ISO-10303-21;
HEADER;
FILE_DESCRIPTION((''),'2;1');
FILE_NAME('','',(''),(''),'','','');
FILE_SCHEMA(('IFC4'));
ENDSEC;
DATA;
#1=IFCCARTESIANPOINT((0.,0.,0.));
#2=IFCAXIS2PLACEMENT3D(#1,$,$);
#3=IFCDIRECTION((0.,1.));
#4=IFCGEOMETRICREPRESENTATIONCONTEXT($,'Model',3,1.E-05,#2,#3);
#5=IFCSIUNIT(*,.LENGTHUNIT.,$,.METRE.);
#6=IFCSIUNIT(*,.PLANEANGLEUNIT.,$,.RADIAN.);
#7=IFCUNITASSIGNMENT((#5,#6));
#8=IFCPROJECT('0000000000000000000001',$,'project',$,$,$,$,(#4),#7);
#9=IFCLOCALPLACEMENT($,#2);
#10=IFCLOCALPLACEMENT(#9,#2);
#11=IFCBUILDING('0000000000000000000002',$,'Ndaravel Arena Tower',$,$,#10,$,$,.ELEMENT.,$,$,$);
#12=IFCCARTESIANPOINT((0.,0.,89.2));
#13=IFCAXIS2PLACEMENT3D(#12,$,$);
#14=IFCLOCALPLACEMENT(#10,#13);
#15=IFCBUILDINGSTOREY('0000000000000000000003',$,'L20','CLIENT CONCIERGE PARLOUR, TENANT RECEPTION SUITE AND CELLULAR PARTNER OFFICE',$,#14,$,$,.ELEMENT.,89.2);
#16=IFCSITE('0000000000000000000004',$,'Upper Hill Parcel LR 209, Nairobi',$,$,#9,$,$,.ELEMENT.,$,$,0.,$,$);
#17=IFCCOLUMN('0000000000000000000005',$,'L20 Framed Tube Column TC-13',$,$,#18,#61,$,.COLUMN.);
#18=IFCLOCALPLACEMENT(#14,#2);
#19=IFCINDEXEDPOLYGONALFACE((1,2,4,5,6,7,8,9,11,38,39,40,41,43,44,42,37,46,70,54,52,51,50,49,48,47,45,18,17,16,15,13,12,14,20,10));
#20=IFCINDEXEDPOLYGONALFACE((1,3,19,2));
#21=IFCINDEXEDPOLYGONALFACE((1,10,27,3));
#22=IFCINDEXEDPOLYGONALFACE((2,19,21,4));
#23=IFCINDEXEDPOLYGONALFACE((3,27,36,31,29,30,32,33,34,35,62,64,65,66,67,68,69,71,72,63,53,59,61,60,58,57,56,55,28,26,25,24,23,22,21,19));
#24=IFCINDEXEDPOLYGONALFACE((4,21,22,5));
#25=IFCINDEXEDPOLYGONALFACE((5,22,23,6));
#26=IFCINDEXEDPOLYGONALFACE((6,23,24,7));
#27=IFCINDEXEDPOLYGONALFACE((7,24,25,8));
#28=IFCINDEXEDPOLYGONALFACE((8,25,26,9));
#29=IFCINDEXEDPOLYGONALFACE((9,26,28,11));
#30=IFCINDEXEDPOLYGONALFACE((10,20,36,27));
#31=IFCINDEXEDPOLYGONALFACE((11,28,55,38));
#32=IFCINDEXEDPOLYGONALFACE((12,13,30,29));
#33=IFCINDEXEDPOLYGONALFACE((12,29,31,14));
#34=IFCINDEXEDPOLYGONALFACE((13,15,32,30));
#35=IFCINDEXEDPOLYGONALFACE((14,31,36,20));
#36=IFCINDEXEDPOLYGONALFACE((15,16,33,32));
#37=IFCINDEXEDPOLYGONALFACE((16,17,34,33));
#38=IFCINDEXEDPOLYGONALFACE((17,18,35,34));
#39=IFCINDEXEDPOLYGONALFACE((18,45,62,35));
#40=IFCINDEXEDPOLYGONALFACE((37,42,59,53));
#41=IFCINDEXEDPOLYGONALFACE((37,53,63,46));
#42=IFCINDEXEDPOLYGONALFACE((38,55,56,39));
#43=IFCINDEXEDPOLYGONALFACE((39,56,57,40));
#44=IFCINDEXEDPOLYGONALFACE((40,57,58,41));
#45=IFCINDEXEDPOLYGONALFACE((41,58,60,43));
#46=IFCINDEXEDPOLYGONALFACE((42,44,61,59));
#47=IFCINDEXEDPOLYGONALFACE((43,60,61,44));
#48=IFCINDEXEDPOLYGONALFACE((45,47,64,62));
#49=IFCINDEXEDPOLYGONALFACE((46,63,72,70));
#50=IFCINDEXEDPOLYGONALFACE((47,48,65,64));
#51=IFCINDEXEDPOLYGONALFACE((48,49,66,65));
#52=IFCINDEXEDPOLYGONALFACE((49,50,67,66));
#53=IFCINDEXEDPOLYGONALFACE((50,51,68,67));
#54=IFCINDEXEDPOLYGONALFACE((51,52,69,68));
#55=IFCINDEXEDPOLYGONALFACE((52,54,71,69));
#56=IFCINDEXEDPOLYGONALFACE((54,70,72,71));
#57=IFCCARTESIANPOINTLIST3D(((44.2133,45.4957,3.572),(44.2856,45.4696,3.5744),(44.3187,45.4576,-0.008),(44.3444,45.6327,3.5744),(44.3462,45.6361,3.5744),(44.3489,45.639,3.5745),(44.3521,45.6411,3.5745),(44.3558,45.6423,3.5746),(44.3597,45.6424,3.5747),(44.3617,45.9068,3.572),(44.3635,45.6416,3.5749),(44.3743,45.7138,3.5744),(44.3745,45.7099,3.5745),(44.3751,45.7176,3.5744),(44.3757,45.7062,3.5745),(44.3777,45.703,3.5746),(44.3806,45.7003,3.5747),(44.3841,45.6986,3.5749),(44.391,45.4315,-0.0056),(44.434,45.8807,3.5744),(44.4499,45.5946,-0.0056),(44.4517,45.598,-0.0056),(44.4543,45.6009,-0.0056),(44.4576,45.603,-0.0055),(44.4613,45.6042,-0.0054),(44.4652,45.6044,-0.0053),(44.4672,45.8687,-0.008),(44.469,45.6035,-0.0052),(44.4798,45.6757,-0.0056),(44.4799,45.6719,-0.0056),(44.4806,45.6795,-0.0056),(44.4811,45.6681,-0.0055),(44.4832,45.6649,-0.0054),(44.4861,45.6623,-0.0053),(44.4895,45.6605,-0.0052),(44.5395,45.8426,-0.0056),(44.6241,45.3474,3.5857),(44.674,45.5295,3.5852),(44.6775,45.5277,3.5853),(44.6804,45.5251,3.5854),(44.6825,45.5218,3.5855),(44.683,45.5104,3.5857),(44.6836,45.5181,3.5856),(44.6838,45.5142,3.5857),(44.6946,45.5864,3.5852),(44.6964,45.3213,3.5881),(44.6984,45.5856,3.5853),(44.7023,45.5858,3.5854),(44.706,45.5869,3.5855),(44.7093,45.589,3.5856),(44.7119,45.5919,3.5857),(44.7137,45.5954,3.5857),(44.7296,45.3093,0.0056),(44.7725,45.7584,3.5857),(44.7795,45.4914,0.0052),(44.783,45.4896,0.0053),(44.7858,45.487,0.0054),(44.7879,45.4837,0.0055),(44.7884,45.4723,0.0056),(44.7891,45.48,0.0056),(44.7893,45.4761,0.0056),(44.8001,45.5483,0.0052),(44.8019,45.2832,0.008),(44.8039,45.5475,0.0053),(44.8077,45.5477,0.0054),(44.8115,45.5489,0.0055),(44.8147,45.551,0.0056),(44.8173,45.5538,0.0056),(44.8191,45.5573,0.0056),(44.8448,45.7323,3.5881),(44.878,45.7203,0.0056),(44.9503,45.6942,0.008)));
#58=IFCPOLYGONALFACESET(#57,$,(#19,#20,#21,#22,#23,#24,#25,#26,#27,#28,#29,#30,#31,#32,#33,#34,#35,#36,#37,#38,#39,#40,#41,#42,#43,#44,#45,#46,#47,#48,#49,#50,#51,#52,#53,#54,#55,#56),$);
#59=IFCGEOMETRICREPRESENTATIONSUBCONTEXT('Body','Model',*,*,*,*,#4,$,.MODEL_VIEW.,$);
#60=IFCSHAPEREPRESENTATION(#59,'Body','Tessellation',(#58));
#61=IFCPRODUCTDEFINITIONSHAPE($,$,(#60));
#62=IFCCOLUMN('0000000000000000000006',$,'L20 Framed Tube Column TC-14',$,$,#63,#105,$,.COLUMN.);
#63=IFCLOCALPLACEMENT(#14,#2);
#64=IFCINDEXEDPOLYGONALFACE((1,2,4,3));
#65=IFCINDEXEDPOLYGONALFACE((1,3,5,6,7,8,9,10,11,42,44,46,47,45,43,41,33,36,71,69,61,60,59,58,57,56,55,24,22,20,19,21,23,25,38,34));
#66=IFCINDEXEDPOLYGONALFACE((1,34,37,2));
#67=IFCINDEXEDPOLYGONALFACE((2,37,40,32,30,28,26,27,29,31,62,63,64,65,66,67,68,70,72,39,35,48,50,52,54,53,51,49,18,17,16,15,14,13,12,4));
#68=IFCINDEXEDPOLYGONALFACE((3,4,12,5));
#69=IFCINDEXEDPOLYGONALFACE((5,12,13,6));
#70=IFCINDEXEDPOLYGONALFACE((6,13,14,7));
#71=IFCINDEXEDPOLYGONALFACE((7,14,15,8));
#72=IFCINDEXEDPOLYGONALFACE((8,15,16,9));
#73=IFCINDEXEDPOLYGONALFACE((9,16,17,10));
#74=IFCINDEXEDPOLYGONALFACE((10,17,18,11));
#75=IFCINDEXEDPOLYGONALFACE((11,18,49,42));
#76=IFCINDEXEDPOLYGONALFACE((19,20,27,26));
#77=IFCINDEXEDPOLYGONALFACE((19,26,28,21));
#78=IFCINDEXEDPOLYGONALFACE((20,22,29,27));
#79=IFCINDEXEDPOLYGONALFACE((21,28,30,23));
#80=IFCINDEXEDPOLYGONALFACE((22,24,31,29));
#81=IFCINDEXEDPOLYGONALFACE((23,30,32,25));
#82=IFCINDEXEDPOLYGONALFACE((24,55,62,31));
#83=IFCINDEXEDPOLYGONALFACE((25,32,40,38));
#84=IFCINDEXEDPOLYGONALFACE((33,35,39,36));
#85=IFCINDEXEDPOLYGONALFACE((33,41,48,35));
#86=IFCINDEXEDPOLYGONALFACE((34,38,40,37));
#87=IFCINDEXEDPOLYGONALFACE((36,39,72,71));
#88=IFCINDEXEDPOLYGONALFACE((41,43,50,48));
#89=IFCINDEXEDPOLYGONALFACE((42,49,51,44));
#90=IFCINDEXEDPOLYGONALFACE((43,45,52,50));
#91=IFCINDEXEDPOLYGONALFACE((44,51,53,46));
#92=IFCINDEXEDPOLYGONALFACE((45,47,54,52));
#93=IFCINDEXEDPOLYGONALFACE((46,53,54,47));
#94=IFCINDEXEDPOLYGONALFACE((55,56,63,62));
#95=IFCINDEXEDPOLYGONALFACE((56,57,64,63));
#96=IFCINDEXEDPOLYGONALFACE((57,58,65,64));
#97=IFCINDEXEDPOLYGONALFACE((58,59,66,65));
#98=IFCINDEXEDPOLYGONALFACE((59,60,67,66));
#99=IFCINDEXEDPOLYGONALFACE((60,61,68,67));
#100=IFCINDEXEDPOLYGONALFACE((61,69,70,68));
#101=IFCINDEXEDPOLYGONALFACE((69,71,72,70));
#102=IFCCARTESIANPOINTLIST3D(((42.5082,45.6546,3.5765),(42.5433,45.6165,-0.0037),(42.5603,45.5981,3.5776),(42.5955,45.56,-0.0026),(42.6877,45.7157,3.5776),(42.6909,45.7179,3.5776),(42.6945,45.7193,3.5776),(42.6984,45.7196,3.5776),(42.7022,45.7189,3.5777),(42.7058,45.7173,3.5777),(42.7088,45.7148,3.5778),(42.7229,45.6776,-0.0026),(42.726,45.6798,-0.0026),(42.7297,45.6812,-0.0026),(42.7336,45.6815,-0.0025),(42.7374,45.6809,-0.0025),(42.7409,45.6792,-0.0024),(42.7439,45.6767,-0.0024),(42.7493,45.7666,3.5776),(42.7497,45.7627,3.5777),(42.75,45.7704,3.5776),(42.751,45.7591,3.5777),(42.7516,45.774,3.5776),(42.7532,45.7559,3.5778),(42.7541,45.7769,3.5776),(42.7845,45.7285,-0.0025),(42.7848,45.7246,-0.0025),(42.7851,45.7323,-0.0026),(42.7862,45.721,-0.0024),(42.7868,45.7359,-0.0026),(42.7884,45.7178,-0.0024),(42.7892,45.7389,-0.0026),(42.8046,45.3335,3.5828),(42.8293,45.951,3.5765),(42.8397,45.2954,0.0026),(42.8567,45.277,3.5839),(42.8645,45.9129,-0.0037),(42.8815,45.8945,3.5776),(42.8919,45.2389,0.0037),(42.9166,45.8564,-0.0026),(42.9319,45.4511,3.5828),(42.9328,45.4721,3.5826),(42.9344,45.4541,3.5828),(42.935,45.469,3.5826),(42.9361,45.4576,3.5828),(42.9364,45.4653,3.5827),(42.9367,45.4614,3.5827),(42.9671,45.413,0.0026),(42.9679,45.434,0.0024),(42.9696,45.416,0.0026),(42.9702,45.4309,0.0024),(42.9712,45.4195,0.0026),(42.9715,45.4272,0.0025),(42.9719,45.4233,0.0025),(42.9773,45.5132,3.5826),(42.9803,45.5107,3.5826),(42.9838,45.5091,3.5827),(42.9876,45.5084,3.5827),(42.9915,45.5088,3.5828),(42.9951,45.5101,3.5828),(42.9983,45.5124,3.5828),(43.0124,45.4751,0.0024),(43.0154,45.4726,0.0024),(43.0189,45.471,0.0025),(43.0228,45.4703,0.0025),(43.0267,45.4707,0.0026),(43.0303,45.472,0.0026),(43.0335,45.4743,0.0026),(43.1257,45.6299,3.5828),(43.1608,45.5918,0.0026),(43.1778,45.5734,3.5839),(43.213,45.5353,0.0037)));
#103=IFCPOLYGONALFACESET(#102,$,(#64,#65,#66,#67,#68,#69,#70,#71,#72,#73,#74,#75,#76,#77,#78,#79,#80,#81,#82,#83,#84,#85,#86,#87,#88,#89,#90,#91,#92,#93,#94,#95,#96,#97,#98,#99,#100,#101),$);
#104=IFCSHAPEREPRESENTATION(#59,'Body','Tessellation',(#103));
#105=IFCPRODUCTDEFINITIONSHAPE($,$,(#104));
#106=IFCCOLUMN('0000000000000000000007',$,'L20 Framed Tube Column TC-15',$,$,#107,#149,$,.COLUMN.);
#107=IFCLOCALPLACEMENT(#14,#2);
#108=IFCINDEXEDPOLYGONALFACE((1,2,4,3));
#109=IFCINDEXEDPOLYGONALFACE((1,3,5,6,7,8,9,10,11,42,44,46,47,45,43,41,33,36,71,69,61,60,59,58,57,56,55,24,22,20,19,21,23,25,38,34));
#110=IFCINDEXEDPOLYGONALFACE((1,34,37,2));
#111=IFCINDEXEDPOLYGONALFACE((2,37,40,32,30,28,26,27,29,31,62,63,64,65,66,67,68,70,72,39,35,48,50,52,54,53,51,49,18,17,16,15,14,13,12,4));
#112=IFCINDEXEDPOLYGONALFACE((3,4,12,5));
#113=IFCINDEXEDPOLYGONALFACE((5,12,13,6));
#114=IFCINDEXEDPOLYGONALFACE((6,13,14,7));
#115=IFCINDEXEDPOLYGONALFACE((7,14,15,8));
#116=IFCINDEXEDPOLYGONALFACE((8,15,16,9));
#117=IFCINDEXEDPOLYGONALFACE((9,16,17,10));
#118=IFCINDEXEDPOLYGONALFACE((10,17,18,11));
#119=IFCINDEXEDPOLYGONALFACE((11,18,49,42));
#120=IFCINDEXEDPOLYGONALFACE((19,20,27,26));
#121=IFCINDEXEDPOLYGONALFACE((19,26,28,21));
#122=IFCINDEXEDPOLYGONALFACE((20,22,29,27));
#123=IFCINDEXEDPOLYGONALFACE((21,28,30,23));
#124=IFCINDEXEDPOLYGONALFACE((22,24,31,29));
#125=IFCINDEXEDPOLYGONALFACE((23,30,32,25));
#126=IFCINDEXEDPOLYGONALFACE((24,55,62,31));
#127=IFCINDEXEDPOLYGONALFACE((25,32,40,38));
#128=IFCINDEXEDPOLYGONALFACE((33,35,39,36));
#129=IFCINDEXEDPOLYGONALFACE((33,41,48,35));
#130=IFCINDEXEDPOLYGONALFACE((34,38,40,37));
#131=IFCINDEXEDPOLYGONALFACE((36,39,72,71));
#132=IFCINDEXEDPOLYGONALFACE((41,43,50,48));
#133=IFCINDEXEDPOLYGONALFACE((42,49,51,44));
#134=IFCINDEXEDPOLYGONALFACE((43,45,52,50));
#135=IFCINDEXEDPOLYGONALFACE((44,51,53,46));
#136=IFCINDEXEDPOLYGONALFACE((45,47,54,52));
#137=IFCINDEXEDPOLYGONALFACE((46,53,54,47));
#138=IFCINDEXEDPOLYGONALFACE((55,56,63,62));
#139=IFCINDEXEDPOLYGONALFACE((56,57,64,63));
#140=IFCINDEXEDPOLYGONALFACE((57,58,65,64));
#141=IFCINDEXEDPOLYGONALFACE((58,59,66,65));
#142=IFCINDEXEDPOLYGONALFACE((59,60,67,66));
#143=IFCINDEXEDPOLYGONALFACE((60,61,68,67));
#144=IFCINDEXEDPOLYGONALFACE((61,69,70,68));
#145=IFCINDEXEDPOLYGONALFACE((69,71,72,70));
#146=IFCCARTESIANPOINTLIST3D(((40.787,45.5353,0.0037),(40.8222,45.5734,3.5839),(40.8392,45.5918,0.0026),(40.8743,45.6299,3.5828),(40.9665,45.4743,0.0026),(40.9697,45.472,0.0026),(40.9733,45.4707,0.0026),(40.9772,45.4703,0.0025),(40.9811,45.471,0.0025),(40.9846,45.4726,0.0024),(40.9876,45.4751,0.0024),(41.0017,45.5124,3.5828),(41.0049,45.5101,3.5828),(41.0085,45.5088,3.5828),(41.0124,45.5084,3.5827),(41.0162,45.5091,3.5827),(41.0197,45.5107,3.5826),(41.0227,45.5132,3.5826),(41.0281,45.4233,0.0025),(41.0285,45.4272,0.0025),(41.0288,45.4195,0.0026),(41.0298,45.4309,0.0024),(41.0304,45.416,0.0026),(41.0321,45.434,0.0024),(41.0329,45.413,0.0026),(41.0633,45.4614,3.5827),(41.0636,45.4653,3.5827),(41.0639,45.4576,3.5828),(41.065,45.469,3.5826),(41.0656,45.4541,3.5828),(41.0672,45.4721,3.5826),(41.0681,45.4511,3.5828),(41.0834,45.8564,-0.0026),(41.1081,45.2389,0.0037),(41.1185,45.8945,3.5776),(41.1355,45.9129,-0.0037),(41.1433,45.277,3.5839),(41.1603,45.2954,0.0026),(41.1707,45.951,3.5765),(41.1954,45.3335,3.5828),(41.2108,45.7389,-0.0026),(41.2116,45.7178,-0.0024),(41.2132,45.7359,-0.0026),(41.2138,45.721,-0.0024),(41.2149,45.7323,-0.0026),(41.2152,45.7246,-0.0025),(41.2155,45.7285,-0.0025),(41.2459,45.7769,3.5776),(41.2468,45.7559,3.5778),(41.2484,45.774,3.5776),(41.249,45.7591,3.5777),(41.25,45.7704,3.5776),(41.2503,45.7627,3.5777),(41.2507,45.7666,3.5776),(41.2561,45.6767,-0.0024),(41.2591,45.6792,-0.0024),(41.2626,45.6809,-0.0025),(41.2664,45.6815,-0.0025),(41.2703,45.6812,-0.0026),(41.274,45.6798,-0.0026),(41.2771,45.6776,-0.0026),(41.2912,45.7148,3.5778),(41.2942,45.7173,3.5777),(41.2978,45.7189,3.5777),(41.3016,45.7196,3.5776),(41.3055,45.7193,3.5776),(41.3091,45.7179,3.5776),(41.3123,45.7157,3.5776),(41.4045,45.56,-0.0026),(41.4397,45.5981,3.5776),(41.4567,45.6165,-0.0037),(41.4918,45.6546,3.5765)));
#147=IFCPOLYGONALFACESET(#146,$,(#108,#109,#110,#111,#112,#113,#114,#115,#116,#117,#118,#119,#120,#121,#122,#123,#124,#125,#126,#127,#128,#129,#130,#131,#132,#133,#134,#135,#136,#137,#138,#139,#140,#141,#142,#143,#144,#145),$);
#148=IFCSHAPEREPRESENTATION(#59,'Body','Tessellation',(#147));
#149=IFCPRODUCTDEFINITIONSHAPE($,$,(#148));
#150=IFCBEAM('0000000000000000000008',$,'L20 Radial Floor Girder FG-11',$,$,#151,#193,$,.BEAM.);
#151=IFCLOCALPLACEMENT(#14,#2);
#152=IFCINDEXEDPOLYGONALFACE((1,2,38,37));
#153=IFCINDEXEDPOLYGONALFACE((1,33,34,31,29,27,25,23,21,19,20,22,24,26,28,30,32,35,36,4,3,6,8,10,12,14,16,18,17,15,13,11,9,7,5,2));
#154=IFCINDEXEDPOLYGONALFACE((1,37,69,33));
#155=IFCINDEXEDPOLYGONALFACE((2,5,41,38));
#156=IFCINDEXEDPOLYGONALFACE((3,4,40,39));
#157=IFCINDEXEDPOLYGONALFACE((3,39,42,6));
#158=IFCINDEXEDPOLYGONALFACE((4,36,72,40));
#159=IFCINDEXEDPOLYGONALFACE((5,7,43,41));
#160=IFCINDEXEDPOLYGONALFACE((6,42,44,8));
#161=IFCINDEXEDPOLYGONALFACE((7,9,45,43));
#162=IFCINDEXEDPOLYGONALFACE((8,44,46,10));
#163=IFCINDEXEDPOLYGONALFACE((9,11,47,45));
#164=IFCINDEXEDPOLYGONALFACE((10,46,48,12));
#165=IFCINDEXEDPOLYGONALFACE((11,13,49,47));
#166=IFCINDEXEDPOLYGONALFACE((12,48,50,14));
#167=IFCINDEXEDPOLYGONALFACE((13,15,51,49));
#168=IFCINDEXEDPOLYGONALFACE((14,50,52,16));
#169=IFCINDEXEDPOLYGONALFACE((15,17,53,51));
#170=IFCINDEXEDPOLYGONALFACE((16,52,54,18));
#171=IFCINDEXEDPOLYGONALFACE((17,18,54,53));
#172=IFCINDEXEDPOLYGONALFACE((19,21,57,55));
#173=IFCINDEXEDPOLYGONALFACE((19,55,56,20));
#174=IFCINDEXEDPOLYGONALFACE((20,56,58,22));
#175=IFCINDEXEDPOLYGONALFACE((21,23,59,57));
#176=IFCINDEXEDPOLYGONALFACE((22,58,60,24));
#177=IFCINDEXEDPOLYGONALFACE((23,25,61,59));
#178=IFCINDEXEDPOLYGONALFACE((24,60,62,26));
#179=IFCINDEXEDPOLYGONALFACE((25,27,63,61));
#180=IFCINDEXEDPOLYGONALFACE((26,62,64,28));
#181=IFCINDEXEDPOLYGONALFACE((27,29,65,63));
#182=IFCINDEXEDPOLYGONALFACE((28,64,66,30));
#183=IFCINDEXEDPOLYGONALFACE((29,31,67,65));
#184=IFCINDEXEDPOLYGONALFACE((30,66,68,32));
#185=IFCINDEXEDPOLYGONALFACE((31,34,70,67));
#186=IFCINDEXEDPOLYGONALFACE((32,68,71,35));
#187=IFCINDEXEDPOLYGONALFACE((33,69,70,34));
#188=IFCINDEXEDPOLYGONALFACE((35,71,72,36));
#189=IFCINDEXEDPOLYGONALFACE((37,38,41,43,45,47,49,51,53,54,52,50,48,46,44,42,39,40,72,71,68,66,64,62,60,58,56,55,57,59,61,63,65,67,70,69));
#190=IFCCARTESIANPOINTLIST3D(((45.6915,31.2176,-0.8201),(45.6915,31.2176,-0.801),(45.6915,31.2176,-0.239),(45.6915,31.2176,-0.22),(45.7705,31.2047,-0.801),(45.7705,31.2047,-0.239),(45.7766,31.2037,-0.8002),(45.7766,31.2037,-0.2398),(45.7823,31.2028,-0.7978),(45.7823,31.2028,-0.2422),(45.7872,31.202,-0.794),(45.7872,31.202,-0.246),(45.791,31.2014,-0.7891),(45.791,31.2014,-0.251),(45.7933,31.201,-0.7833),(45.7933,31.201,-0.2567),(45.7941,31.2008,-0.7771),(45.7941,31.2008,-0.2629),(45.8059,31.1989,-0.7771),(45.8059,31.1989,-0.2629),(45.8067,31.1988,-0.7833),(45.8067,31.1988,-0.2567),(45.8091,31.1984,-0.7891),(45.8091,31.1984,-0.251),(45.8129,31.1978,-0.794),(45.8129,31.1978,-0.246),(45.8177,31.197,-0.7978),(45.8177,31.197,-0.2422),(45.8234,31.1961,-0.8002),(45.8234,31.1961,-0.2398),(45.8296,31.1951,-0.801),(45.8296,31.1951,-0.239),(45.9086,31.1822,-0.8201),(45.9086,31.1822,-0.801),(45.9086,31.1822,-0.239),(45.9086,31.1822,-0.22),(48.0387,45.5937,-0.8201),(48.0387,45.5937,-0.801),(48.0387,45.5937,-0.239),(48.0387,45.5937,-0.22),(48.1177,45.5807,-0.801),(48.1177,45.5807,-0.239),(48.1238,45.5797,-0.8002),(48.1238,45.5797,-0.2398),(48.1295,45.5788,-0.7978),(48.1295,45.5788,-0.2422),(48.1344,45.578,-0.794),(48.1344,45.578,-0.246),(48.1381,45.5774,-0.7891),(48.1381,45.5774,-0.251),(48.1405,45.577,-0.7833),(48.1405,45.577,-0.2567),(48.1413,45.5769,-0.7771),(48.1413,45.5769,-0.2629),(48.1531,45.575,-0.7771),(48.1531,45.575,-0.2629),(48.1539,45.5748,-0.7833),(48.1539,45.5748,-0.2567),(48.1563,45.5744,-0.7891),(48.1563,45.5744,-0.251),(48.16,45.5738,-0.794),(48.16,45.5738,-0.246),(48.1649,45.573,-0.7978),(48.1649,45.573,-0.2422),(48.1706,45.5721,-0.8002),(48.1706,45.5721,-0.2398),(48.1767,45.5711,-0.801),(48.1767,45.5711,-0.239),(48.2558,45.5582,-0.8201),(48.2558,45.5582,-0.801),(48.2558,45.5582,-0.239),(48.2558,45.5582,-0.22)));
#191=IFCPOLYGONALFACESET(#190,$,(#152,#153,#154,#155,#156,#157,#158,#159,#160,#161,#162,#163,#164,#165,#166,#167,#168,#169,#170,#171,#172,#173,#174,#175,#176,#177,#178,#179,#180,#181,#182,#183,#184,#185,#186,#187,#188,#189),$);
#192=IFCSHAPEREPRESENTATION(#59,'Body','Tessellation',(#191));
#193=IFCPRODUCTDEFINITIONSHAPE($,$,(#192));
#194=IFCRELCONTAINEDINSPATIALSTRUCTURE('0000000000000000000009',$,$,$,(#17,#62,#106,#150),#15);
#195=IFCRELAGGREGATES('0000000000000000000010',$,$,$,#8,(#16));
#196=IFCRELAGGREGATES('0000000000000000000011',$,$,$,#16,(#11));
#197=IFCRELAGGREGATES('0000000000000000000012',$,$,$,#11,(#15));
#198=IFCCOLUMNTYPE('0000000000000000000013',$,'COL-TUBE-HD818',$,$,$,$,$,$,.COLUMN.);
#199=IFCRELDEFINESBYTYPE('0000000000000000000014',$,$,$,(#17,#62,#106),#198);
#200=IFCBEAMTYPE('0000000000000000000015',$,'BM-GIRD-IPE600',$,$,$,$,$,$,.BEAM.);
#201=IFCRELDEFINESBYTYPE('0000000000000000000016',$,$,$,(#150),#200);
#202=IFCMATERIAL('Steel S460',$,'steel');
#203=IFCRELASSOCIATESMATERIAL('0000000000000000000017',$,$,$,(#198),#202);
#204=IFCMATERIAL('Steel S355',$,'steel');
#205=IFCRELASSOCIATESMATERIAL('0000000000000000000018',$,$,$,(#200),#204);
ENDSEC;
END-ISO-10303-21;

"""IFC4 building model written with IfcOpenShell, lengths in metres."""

from ifc_helpers import new_model, si_unit, direction, frame, origin, origin_2d, place, context, subcontext, project, spatial, i_section, extrude, material, material_profile, profile_set, type_object, element, save


model = new_model("IFC4")

# Units and contexts
model_context = context("Model", 3, precision=1e-05, world=origin(), true_north=direction((0.0, 1.0)))
body_context = subcontext(model_context, "Body", "Model", "MODEL_VIEW")
ifc_project = project(units=[si_unit("LENGTHUNIT", "METRE"), si_unit("PLANEANGLEUNIT", "RADIAN")], contexts=[model_context])

# Site, building, storey
site_placement = place(None, origin())
site = spatial("IfcSite", under=ifc_project, at=site_placement, Name="Upper Hill Parcel LR 209, Nairobi", CompositionType="ELEMENT", RefElevation=0.0)
building_placement = place(site_placement, origin())
building = spatial("IfcBuilding", under=site, at=building_placement, Name="Ndaravel Arena Tower", CompositionType="ELEMENT")
storey_placement = place(building_placement, frame((0.0, 0.0, 89.2)))
storey = spatial("IfcBuildingStorey", under=building, at=storey_placement, Name="L20", Description="CLIENT CONCIERGE PARLOUR, TENANT RECEPTION SUITE AND CELLULAR PARTNER OFFICE", CompositionType="ELEMENT", Elevation=89.2)

# Columns
ifc_material_1 = material(Name="Steel S460", Category="steel")
ifc_material_profile_1 = material_profile(ifc_material_1, i_section(OverallWidth=0.437, OverallDepth=0.5139, WebThickness=0.0605, FlangeThickness=0.0769, FilletRadius=0.0149, at=origin_2d()), Name="HD 400x818")
ifc_profile_set_1 = profile_set([ifc_material_profile_1], Name="Steel S460")
column_type_1 = type_object("IfcColumnType", Name="COL-TUBE-HD818", PredefinedType="COLUMN", material=ifc_profile_set_1)
column_1_placement = place(storey_placement, frame((44.6345, 45.5759, 0.0), z_axis=(-0.029445, 0.010633, 0.99951), x_axis=(-0.339644, -0.940554, 0.0)))
element("IfcColumn", 1, at=column_1_placement, inside=storey, type_object=column_type_1, Name="L20 Framed Tube Column TC-13", PredefinedType="COLUMN", context=body_context, shape_type="SweptSolid", body=[
    extrude(i_section(OverallWidth=0.437, OverallDepth=0.5139, WebThickness=0.0605, FlangeThickness=0.0769, FilletRadius=0.0149, at=origin_2d()), origin(), (0.0, 0.0, 1.0), 3.5818),
])
for number, where, z_axis, x_axis, name in (
    (2, (42.8782, 45.5759, 0.0), (-0.009819, 0.010637, 0.999895), (-0.734803, -0.67828, 0.0), "L20 Framed Tube Column TC-14"),
    (3, (41.1218, 45.5759, 0.0), (0.009819, 0.010637, 0.999895), (-0.734803, 0.67828, 0.0), "L20 Framed Tube Column TC-15"),
):
    element("IfcColumn", number, at=place(storey_placement, frame(where, z_axis=z_axis, x_axis=x_axis)), inside=storey, type_object=column_type_1, Name=name, PredefinedType="COLUMN", context=body_context, shape_type="SweptSolid", body=[
        extrude(i_section(OverallWidth=0.437, OverallDepth=0.5139, WebThickness=0.0605, FlangeThickness=0.0769, FilletRadius=0.0149, at=origin_2d()), origin(), (0.0, 0.0, 1.0), 3.5806),
    ])

# Beam
ifc_material_2 = material(Name="Steel S355", Category="steel")
ifc_material_profile_2 = material_profile(ifc_material_2, i_section(OverallWidth=0.22, OverallDepth=0.6001, WebThickness=0.012, FlangeThickness=0.019, FilletRadius=0.0239, at=origin_2d()), Name="IPE 600")
ifc_profile_set_2 = profile_set([ifc_material_profile_2], Name="Steel S355")
beam_type_1 = type_object("IfcBeamType", Name="BM-GIRD-IPE600", PredefinedType="BEAM", material=ifc_profile_set_2)
beam_1_placement = place(storey_placement, frame((48.1472, 45.5759, -0.52), z_axis=(-0.161137, -0.986932, 0.0), x_axis=(0.986932, -0.161137, 0.0)))
element("IfcBeam", 4, at=beam_1_placement, inside=storey, type_object=beam_type_1, Name="L20 Radial Floor Girder FG-11", PredefinedType="BEAM", context=body_context, shape_type="SweptSolid", body=[
    extrude(i_section(OverallWidth=0.22, OverallDepth=0.6001, WebThickness=0.012, FlangeThickness=0.019, FilletRadius=0.0239, at=origin_2d()), origin(), (0.0, 0.0, 1.0), 14.5664),
])

save(model, "model.ifc")
